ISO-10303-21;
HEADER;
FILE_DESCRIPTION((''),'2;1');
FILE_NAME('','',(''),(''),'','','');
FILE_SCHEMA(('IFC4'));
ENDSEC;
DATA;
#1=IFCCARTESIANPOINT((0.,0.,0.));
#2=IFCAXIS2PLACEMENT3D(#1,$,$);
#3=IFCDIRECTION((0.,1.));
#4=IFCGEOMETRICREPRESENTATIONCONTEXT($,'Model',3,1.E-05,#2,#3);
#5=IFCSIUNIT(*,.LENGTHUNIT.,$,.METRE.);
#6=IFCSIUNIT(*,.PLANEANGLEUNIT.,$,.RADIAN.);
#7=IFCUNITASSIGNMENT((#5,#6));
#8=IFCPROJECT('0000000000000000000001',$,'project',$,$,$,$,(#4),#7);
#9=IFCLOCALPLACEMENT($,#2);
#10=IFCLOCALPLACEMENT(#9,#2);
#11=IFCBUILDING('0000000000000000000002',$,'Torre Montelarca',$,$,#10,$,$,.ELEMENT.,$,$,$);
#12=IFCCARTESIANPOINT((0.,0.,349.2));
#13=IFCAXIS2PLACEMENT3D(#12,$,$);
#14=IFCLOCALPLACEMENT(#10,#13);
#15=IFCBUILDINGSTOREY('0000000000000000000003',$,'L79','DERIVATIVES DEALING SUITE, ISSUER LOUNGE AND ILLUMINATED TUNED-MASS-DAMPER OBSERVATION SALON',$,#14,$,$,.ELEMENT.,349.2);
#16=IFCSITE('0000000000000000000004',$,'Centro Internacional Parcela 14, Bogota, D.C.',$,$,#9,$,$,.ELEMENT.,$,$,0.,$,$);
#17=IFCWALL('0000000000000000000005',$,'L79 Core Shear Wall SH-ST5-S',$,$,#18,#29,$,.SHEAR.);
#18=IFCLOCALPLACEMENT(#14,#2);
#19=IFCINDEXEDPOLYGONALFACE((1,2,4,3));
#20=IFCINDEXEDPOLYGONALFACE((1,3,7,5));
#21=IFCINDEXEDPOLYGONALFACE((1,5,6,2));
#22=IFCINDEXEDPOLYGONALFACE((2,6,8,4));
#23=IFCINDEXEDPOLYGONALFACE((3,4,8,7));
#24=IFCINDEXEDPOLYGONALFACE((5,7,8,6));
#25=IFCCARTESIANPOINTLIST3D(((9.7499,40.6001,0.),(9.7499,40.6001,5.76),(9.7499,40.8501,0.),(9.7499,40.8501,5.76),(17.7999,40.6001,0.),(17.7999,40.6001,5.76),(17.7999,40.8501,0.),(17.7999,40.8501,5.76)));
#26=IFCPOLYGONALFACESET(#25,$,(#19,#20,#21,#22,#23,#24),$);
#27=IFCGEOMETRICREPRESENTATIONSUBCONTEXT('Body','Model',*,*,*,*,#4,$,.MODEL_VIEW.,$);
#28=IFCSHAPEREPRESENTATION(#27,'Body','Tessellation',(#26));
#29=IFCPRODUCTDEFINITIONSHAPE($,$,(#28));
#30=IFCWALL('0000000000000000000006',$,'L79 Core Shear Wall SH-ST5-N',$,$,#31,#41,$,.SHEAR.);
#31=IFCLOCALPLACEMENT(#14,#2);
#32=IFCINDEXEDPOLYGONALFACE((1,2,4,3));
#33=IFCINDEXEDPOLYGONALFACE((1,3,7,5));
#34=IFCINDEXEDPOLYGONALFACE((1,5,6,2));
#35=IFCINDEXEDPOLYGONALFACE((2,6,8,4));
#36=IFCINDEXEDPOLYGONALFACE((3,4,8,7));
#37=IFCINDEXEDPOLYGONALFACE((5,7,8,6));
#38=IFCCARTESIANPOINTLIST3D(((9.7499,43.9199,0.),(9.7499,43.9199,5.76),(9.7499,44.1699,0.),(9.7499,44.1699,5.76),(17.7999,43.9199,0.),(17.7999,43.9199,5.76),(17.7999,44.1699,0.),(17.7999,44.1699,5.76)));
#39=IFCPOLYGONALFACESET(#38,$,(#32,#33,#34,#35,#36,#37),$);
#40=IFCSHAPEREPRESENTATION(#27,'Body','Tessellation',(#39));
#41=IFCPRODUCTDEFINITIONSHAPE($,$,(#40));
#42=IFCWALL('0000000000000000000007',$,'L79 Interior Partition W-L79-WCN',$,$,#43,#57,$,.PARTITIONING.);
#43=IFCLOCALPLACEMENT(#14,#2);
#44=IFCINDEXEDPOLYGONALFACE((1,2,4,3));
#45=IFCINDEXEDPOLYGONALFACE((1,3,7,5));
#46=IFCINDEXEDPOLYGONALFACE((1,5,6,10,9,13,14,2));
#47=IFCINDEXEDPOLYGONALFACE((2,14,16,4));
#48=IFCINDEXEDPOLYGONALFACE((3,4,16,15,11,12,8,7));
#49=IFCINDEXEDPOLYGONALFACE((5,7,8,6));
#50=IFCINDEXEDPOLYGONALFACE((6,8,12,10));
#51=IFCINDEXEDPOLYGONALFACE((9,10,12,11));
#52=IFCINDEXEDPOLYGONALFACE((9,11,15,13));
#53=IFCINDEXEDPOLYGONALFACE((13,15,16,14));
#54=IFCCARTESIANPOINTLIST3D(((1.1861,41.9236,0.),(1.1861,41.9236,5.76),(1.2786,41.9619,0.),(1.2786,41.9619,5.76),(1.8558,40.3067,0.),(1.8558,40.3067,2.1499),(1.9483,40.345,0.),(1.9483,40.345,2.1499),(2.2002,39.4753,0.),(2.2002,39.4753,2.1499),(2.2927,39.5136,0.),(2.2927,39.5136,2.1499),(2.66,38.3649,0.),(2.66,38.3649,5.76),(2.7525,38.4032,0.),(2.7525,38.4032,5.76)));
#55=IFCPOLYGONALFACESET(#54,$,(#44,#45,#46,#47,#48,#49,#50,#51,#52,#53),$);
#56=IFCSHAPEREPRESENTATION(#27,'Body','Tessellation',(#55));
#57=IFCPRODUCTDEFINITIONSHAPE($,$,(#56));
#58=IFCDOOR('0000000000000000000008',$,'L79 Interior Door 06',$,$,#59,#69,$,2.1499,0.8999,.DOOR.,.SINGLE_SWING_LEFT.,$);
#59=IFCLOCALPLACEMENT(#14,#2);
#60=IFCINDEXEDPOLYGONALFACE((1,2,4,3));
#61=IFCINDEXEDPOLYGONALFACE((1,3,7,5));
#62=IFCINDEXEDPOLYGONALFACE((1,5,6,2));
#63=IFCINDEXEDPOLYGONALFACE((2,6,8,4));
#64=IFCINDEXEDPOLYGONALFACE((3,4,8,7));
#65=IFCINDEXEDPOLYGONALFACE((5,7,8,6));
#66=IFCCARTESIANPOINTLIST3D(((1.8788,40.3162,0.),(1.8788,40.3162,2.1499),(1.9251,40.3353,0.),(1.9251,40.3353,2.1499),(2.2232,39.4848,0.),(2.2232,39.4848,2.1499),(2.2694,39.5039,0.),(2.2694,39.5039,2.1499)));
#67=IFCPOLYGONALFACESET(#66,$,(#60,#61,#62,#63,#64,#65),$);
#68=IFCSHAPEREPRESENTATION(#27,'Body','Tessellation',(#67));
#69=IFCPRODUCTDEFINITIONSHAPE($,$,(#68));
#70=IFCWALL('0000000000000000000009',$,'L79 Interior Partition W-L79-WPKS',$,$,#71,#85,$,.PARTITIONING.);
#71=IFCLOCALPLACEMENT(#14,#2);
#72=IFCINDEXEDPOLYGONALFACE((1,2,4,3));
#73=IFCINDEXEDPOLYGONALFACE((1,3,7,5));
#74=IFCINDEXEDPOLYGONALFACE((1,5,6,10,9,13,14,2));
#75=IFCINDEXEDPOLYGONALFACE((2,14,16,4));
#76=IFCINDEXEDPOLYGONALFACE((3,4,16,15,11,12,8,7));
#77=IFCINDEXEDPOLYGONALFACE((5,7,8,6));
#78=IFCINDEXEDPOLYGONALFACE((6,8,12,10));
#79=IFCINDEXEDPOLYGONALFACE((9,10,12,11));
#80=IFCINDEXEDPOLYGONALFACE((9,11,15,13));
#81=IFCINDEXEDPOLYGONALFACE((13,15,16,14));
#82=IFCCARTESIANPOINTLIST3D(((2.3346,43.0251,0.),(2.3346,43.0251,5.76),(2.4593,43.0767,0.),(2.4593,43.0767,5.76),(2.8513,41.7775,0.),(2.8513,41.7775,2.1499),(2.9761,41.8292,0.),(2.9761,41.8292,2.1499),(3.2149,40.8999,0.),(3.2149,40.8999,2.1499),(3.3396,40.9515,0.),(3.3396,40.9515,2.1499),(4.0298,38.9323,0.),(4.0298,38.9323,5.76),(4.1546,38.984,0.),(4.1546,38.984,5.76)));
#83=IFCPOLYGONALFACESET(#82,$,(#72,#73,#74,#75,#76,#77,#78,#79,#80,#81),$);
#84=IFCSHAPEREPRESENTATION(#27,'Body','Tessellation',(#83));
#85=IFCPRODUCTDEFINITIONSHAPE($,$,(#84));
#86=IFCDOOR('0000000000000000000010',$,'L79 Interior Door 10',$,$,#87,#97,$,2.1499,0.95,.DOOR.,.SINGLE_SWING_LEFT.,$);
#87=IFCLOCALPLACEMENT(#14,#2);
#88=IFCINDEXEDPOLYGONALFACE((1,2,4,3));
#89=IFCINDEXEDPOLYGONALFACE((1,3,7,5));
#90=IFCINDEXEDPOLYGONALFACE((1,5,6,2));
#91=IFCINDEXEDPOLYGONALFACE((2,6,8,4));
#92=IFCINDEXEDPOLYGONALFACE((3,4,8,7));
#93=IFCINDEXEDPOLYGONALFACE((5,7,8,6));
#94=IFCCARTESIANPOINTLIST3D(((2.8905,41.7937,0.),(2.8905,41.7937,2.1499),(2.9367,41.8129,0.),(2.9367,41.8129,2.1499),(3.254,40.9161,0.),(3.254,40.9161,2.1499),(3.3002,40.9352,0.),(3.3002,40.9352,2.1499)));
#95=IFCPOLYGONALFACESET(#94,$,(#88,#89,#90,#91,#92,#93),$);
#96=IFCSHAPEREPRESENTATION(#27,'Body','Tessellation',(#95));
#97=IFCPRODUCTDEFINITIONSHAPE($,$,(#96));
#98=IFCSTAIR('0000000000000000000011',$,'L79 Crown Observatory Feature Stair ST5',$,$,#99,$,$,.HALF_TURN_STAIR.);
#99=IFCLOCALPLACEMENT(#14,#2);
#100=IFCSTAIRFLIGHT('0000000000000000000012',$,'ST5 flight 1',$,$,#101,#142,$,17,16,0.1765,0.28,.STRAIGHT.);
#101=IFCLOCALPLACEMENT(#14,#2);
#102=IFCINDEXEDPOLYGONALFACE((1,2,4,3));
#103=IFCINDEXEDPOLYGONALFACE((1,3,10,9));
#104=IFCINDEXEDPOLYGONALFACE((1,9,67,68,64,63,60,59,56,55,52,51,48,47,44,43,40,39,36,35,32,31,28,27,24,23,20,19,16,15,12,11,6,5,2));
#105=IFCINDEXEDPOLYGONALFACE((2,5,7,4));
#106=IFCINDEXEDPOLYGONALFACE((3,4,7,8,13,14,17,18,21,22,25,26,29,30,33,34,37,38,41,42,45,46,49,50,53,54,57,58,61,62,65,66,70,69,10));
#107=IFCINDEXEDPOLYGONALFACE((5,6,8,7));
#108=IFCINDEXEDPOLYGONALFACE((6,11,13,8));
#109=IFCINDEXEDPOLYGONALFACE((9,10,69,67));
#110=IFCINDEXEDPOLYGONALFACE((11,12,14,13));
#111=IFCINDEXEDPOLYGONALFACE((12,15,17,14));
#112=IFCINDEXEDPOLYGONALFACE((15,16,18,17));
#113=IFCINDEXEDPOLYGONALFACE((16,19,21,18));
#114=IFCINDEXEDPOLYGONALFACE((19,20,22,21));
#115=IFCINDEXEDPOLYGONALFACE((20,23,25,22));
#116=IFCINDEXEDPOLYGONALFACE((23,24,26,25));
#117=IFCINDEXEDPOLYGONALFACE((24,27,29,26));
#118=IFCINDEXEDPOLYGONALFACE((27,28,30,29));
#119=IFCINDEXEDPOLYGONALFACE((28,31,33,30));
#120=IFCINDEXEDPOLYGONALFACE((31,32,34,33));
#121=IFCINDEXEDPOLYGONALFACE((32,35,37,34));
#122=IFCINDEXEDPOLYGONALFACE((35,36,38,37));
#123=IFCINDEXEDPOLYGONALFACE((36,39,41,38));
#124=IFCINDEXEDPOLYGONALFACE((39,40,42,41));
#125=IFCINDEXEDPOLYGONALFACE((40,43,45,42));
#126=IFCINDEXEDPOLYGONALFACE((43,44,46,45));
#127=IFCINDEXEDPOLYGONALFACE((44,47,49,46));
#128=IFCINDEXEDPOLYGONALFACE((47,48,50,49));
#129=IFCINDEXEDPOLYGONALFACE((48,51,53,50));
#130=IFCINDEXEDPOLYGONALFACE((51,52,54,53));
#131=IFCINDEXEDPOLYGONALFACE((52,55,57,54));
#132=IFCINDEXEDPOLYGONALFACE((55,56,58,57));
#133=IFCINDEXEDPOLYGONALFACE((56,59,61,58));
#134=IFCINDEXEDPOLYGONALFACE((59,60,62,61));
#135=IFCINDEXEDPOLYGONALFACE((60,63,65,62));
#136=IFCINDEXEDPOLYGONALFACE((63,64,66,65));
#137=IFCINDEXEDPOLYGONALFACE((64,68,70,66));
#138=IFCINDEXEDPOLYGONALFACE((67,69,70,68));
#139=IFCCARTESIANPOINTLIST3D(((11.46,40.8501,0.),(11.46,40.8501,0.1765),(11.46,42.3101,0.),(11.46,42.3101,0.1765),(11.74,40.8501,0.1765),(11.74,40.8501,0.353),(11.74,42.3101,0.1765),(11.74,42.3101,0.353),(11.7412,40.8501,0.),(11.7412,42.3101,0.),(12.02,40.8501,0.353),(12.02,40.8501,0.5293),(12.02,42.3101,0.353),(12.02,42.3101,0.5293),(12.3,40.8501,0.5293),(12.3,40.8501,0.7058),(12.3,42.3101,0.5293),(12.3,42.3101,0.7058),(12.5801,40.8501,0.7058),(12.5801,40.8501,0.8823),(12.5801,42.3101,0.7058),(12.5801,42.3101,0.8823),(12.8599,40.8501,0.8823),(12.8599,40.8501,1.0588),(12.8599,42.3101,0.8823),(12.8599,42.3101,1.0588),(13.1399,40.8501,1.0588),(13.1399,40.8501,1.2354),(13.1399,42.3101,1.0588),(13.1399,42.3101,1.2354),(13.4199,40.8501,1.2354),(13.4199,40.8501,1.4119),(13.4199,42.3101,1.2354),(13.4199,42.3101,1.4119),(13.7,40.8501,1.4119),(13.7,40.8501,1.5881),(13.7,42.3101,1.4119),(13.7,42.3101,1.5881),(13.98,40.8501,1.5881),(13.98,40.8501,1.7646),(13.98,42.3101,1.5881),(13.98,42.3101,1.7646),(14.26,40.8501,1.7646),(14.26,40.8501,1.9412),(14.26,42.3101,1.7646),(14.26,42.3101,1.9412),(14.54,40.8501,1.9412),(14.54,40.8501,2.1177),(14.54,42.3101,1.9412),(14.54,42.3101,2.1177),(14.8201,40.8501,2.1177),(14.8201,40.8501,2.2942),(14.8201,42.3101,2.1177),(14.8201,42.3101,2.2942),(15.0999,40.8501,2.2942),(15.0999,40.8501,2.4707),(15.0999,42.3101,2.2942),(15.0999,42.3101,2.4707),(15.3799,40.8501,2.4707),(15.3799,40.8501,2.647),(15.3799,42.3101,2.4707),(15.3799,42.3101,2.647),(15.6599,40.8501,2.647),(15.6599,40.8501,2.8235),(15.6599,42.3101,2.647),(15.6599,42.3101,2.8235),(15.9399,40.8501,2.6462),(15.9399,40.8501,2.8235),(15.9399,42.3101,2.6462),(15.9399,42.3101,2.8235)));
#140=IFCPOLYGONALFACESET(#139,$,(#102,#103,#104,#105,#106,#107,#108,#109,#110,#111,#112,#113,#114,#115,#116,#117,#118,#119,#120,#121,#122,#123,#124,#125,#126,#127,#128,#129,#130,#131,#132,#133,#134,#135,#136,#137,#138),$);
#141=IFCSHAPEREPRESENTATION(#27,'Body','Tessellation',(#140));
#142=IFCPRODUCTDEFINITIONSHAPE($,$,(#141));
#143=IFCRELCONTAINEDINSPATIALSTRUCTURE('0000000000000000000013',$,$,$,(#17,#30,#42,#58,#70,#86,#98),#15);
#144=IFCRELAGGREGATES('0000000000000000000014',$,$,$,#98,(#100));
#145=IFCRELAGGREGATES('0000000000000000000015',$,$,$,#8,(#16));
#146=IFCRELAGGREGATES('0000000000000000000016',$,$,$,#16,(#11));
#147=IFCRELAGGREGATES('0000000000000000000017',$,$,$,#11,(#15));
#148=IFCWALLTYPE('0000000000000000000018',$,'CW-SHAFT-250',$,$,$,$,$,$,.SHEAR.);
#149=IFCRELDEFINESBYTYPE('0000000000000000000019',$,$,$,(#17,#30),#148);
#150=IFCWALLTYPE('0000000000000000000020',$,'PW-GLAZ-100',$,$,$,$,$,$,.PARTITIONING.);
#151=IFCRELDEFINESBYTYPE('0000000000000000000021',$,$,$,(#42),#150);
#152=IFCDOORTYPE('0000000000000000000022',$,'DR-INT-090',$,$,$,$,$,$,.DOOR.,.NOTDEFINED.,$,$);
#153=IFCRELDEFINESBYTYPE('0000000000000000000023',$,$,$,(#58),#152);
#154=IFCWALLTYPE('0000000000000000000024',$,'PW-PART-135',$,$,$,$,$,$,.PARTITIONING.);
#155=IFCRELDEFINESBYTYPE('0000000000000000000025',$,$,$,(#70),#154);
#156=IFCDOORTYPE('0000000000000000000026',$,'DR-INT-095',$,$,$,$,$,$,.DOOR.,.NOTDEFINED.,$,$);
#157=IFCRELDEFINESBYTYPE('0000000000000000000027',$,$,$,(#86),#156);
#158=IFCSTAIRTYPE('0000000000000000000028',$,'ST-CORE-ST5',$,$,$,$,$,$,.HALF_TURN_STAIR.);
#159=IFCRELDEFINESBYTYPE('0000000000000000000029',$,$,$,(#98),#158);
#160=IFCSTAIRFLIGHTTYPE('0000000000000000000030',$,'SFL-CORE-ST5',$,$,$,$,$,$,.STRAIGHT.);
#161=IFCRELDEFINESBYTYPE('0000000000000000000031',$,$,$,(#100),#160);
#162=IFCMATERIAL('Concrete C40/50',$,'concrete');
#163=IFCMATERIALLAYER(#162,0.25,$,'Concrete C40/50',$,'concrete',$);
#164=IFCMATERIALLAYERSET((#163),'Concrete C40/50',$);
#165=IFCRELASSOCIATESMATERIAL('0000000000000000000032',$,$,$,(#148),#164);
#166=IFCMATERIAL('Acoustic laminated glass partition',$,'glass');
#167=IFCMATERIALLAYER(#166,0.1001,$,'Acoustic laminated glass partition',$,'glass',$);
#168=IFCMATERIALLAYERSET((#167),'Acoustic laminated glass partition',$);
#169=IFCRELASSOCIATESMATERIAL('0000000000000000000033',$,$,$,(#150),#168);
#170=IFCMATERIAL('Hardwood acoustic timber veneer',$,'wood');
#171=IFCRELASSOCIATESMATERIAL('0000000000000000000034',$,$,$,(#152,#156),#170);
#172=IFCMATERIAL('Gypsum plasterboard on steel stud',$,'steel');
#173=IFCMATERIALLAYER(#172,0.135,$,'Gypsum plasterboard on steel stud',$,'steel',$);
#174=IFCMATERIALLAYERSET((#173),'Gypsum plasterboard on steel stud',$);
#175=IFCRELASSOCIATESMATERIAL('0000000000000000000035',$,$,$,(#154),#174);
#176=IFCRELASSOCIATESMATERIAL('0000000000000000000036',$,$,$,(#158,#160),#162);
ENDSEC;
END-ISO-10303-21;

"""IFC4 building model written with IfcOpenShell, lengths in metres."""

from ifc_helpers import new_model, si_unit, direction, frame, frame_2d, origin, place, context, subcontext, project, spatial, polyline, rectangle, outline, extrude, source, transform, mapped, material, layer, layer_set, type_object, element, fill, aggregate, save


model = new_model("IFC4")

# Units and contexts
model_context = context("Model", 3, precision=1e-05, world=origin(), true_north=direction((0.0, 1.0)))
body_context = subcontext(model_context, "Body", "Model", "MODEL_VIEW")
ifc_project = project(units=[si_unit("LENGTHUNIT", "METRE"), si_unit("PLANEANGLEUNIT", "RADIAN")], contexts=[model_context])

# Site, building, storey
site_placement = place(None, origin())
site = spatial("IfcSite", under=ifc_project, at=site_placement, Name="Centro Internacional Parcela 14, Bogota, D.C.", CompositionType="ELEMENT", RefElevation=0.0)
building_placement = place(site_placement, origin())
building = spatial("IfcBuilding", under=site, at=building_placement, Name="Torre Montelarca", CompositionType="ELEMENT")
storey_placement = place(building_placement, frame((0.0, 0.0, 349.2)))
storey = spatial("IfcBuildingStorey", under=building, at=storey_placement, Name="L79", Description="DERIVATIVES DEALING SUITE, ISSUER LOUNGE AND ILLUMINATED TUNED-MASS-DAMPER OBSERVATION SALON", CompositionType="ELEMENT", Elevation=349.2)

# Shared definitions
ifc_material_1 = material(Name="Concrete C40/50", Category="concrete")

# Shared definitions
ifc_layer_1 = layer(ifc_material_1, 0.25, Name="Concrete C40/50", Category="concrete")
ifc_layer_set_1 = layer_set([ifc_layer_1], Name="Concrete C40/50")
wall_type_1 = type_object("IfcWallType", Name="CW-SHAFT-250", PredefinedType="SHEAR", material=ifc_layer_set_1)

# Walls
for number, where, z_axis, x_axis, name in (
    (1, (9.75, 40.7251, 0.0), (0.0, 0.0, 1.0), (1.0, 0.0, 0.0), "L79 Core Shear Wall SH-ST5-S"),
    (2, (9.75, 44.0449, 0.0), (0.0, 0.0, 1.0), (1.0, 0.0, 0.0), "L79 Core Shear Wall SH-ST5-N"),
):
    element("IfcWall", number, at=place(storey_placement, frame(where, z_axis=z_axis, x_axis=x_axis)), inside=storey, type_object=wall_type_1, Name=name, PredefinedType="SHEAR", context=body_context, shape_type="SweptSolid", body=[
        extrude(rectangle(XDim=8.05, YDim=0.25, at=frame_2d((4.0249, 0.0))), origin(), (0.0, 0.0, 1.0), 5.76),
    ])

# Walls, openings, doors
ifc_material_2 = material(Name="Acoustic laminated glass partition", Category="glass")
ifc_layer_2 = layer(ifc_material_2, 0.1001, Name="Acoustic laminated glass partition", Category="glass")
ifc_layer_set_2 = layer_set([ifc_layer_2], Name="Acoustic laminated glass partition")
wall_type_2 = type_object("IfcWallType", Name="PW-GLAZ-100", PredefinedType="PARTITIONING", material=ifc_layer_set_2)
wall_1_placement = place(storey_placement, frame((1.2324, 41.9426, 0.0), z_axis=(0.0, 0.0, 1.0), x_axis=(0.382652, -0.923892, 0.0)))
wall_1 = element("IfcWall", 3, at=wall_1_placement, inside=storey, type_object=wall_type_2, Name="L79 Interior Partition W-L79-WCN", PredefinedType="PARTITIONING", context=body_context, shape_type="SweptSolid", body=[
    extrude(rectangle(XDim=3.8518, YDim=0.1001, at=frame_2d((1.9258, 0.0))), origin(), (0.0, 0.0, 1.0), 5.76),
])
opening_1_placement = place(wall_1_placement, frame((1.75, 0.0, 0.0)))
opening_1 = element("IfcOpeningElement", 4, at=opening_1_placement, cuts=wall_1, PredefinedType="OPENING", context=body_context, shape_type="SweptSolid", body=[
    extrude(rectangle(XDim=0.8999, YDim=2.1499, at=frame_2d((0.45, 1.075))), frame((0.0, 0.0601, 0.0), z_axis=(0.0, -1.0, 0.0), x_axis=(1.0, 0.0, 0.0)), (0.0, 0.0, 1.0), 0.1201),
])
ifc_material_3 = material(Name="Hardwood acoustic timber veneer", Category="wood")
door_type_1 = type_object("IfcDoorType", Name="DR-INT-090", OperationType="NOTDEFINED", PredefinedType="DOOR", material=ifc_material_3)
shared_shape_1 = source(origin(), body_context, "Body", "SweptSolid", [
    extrude(rectangle(XDim=0.8999, YDim=2.1499, at=frame_2d((0.45, 1.075))), frame((0.0, 0.0249, 0.0), z_axis=(0.0, -1.0, 0.0), x_axis=(1.0, 0.0, 0.0)), (0.0, 0.0, 1.0), 0.05),
])
door_1_placement = place(opening_1_placement, origin())
door_1 = element("IfcDoor", 5, at=door_1_placement, inside=storey, type_object=door_type_1, Name="L79 Interior Door 06", OperationType="SINGLE_SWING_LEFT", OverallHeight=2.1499, OverallWidth=0.8999, PredefinedType="DOOR", context=body_context, shape_type="MappedRepresentation", body=[
    mapped(shared_shape_1, transform((0.0, 0.0, 0.0), scale=1.0)),
])
fill(opening_1, door_1)
ifc_material_4 = material(Name="Gypsum plasterboard on steel stud", Category="steel")
ifc_layer_3 = layer(ifc_material_4, 0.135, Name="Gypsum plasterboard on steel stud", Category="steel")
ifc_layer_set_3 = layer_set([ifc_layer_3], Name="Gypsum plasterboard on steel stud")
wall_type_3 = type_object("IfcWallType", Name="PW-PART-135", PredefinedType="PARTITIONING", material=ifc_layer_set_3)
wall_2_placement = place(storey_placement, frame((2.397, 43.0508, 0.0), z_axis=(0.0, 0.0, 1.0), x_axis=(0.382689, -0.923877, 0.0)))
wall_2 = element("IfcWall", 6, at=wall_2_placement, inside=storey, type_object=wall_type_3, Name="L79 Interior Partition W-L79-WPKS", PredefinedType="PARTITIONING", context=body_context, shape_type="SweptSolid", body=[
    extrude(rectangle(XDim=4.4299, YDim=0.135, at=frame_2d((2.2148, 0.0))), origin(), (0.0, 0.0, 1.0), 5.76),
])
opening_2_placement = place(wall_2_placement, frame((1.3501, 0.0, 0.0)))
opening_2 = element("IfcOpeningElement", 7, at=opening_2_placement, cuts=wall_2, PredefinedType="OPENING", context=body_context, shape_type="SweptSolid", body=[
    extrude(rectangle(XDim=0.95, YDim=2.1499, at=frame_2d((0.4751, 1.075))), frame((0.0, 0.0776, 0.0), z_axis=(0.0, -1.0, 0.0), x_axis=(1.0, 0.0, 0.0)), (0.0, 0.0, 1.0), 0.155),
])
door_type_2 = type_object("IfcDoorType", Name="DR-INT-095", OperationType="NOTDEFINED", PredefinedType="DOOR", material=ifc_material_3)
shared_shape_2 = source(origin(), body_context, "Body", "SweptSolid", [
    extrude(rectangle(XDim=0.95, YDim=2.1499, at=frame_2d((0.4751, 1.075))), frame((0.0, 0.0249, 0.0), z_axis=(0.0, -1.0, 0.0), x_axis=(1.0, 0.0, 0.0)), (0.0, 0.0, 1.0), 0.05),
])
door_2_placement = place(opening_2_placement, origin())
door_2 = element("IfcDoor", 8, at=door_2_placement, inside=storey, type_object=door_type_2, Name="L79 Interior Door 10", OperationType="SINGLE_SWING_LEFT", OverallHeight=2.1499, OverallWidth=0.95, PredefinedType="DOOR", context=body_context, shape_type="MappedRepresentation", body=[
    mapped(shared_shape_2, transform((0.0, 0.0, 0.0), scale=1.0)),
])
fill(opening_2, door_2)

# Stair, stair flight
stair_type = type_object("IfcStairType", Name="ST-CORE-ST5", PredefinedType="HALF_TURN_STAIR", material=ifc_material_1)
stair_placement = place(storey_placement, origin())
stair = element("IfcStair", 9, at=stair_placement, inside=storey, type_object=stair_type, Name="L79 Crown Observatory Feature Stair ST5", PredefinedType="HALF_TURN_STAIR")
stair_flight_type = type_object("IfcStairFlightType", Name="SFL-CORE-ST5", PredefinedType="STRAIGHT", material=ifc_material_1)
stair_flight_placement = place(storey_placement, frame((11.46, 41.5801, 0.0), z_axis=(0.0, 0.0, 1.0), x_axis=(1.0, 0.0, 0.0)))
stair_flight = element("IfcStairFlight", 10, at=stair_flight_placement, type_object=stair_flight_type, Name="ST5 flight 1", NumberOfRisers=17, NumberOfTreads=16, PredefinedType="STRAIGHT", RiserHeight=0.1765, TreadLength=0.28, context=body_context, shape_type="SweptSolid", body=[
    extrude(outline(polyline([(0.0, 0.0), (0.0, 0.1765), (0.28, 0.1765), (0.28, 0.353), (0.5601, 0.353), (0.5601, 0.5293), (0.8401, 0.5293), (0.8401, 0.7058), (1.1201, 0.7058), (1.1201, 0.8823), (1.3999, 0.8823), (1.3999, 1.0588), (1.6799, 1.0588), (1.6799, 1.2354), (1.96, 1.2354), (1.96, 1.4119), (2.24, 1.4119), (2.24, 1.5881), (2.52, 1.5881), (2.52, 1.7646), (2.8, 1.7646), (2.8, 1.9412), (3.0801, 1.9412), (3.0801, 2.1177), (3.3601, 2.1177), (3.3601, 2.2942), (3.6399, 2.2942), (3.6399, 2.4707), (3.9199, 2.4707), (3.9199, 2.647), (4.2, 2.647), (4.2, 2.8235), (4.48, 2.8235), (4.48, 3.0), (4.48, 2.6462), (0.2812, 0.0), (0.0, 0.0)])), frame((0.0, 0.73, 0.0), z_axis=(0.0, -1.0, 0.0), x_axis=(1.0, 0.0, 0.0)), (0.0, 0.0, 1.0), 1.46),
])
aggregate(stair, [stair_flight])

save(model, "model.ifc")
